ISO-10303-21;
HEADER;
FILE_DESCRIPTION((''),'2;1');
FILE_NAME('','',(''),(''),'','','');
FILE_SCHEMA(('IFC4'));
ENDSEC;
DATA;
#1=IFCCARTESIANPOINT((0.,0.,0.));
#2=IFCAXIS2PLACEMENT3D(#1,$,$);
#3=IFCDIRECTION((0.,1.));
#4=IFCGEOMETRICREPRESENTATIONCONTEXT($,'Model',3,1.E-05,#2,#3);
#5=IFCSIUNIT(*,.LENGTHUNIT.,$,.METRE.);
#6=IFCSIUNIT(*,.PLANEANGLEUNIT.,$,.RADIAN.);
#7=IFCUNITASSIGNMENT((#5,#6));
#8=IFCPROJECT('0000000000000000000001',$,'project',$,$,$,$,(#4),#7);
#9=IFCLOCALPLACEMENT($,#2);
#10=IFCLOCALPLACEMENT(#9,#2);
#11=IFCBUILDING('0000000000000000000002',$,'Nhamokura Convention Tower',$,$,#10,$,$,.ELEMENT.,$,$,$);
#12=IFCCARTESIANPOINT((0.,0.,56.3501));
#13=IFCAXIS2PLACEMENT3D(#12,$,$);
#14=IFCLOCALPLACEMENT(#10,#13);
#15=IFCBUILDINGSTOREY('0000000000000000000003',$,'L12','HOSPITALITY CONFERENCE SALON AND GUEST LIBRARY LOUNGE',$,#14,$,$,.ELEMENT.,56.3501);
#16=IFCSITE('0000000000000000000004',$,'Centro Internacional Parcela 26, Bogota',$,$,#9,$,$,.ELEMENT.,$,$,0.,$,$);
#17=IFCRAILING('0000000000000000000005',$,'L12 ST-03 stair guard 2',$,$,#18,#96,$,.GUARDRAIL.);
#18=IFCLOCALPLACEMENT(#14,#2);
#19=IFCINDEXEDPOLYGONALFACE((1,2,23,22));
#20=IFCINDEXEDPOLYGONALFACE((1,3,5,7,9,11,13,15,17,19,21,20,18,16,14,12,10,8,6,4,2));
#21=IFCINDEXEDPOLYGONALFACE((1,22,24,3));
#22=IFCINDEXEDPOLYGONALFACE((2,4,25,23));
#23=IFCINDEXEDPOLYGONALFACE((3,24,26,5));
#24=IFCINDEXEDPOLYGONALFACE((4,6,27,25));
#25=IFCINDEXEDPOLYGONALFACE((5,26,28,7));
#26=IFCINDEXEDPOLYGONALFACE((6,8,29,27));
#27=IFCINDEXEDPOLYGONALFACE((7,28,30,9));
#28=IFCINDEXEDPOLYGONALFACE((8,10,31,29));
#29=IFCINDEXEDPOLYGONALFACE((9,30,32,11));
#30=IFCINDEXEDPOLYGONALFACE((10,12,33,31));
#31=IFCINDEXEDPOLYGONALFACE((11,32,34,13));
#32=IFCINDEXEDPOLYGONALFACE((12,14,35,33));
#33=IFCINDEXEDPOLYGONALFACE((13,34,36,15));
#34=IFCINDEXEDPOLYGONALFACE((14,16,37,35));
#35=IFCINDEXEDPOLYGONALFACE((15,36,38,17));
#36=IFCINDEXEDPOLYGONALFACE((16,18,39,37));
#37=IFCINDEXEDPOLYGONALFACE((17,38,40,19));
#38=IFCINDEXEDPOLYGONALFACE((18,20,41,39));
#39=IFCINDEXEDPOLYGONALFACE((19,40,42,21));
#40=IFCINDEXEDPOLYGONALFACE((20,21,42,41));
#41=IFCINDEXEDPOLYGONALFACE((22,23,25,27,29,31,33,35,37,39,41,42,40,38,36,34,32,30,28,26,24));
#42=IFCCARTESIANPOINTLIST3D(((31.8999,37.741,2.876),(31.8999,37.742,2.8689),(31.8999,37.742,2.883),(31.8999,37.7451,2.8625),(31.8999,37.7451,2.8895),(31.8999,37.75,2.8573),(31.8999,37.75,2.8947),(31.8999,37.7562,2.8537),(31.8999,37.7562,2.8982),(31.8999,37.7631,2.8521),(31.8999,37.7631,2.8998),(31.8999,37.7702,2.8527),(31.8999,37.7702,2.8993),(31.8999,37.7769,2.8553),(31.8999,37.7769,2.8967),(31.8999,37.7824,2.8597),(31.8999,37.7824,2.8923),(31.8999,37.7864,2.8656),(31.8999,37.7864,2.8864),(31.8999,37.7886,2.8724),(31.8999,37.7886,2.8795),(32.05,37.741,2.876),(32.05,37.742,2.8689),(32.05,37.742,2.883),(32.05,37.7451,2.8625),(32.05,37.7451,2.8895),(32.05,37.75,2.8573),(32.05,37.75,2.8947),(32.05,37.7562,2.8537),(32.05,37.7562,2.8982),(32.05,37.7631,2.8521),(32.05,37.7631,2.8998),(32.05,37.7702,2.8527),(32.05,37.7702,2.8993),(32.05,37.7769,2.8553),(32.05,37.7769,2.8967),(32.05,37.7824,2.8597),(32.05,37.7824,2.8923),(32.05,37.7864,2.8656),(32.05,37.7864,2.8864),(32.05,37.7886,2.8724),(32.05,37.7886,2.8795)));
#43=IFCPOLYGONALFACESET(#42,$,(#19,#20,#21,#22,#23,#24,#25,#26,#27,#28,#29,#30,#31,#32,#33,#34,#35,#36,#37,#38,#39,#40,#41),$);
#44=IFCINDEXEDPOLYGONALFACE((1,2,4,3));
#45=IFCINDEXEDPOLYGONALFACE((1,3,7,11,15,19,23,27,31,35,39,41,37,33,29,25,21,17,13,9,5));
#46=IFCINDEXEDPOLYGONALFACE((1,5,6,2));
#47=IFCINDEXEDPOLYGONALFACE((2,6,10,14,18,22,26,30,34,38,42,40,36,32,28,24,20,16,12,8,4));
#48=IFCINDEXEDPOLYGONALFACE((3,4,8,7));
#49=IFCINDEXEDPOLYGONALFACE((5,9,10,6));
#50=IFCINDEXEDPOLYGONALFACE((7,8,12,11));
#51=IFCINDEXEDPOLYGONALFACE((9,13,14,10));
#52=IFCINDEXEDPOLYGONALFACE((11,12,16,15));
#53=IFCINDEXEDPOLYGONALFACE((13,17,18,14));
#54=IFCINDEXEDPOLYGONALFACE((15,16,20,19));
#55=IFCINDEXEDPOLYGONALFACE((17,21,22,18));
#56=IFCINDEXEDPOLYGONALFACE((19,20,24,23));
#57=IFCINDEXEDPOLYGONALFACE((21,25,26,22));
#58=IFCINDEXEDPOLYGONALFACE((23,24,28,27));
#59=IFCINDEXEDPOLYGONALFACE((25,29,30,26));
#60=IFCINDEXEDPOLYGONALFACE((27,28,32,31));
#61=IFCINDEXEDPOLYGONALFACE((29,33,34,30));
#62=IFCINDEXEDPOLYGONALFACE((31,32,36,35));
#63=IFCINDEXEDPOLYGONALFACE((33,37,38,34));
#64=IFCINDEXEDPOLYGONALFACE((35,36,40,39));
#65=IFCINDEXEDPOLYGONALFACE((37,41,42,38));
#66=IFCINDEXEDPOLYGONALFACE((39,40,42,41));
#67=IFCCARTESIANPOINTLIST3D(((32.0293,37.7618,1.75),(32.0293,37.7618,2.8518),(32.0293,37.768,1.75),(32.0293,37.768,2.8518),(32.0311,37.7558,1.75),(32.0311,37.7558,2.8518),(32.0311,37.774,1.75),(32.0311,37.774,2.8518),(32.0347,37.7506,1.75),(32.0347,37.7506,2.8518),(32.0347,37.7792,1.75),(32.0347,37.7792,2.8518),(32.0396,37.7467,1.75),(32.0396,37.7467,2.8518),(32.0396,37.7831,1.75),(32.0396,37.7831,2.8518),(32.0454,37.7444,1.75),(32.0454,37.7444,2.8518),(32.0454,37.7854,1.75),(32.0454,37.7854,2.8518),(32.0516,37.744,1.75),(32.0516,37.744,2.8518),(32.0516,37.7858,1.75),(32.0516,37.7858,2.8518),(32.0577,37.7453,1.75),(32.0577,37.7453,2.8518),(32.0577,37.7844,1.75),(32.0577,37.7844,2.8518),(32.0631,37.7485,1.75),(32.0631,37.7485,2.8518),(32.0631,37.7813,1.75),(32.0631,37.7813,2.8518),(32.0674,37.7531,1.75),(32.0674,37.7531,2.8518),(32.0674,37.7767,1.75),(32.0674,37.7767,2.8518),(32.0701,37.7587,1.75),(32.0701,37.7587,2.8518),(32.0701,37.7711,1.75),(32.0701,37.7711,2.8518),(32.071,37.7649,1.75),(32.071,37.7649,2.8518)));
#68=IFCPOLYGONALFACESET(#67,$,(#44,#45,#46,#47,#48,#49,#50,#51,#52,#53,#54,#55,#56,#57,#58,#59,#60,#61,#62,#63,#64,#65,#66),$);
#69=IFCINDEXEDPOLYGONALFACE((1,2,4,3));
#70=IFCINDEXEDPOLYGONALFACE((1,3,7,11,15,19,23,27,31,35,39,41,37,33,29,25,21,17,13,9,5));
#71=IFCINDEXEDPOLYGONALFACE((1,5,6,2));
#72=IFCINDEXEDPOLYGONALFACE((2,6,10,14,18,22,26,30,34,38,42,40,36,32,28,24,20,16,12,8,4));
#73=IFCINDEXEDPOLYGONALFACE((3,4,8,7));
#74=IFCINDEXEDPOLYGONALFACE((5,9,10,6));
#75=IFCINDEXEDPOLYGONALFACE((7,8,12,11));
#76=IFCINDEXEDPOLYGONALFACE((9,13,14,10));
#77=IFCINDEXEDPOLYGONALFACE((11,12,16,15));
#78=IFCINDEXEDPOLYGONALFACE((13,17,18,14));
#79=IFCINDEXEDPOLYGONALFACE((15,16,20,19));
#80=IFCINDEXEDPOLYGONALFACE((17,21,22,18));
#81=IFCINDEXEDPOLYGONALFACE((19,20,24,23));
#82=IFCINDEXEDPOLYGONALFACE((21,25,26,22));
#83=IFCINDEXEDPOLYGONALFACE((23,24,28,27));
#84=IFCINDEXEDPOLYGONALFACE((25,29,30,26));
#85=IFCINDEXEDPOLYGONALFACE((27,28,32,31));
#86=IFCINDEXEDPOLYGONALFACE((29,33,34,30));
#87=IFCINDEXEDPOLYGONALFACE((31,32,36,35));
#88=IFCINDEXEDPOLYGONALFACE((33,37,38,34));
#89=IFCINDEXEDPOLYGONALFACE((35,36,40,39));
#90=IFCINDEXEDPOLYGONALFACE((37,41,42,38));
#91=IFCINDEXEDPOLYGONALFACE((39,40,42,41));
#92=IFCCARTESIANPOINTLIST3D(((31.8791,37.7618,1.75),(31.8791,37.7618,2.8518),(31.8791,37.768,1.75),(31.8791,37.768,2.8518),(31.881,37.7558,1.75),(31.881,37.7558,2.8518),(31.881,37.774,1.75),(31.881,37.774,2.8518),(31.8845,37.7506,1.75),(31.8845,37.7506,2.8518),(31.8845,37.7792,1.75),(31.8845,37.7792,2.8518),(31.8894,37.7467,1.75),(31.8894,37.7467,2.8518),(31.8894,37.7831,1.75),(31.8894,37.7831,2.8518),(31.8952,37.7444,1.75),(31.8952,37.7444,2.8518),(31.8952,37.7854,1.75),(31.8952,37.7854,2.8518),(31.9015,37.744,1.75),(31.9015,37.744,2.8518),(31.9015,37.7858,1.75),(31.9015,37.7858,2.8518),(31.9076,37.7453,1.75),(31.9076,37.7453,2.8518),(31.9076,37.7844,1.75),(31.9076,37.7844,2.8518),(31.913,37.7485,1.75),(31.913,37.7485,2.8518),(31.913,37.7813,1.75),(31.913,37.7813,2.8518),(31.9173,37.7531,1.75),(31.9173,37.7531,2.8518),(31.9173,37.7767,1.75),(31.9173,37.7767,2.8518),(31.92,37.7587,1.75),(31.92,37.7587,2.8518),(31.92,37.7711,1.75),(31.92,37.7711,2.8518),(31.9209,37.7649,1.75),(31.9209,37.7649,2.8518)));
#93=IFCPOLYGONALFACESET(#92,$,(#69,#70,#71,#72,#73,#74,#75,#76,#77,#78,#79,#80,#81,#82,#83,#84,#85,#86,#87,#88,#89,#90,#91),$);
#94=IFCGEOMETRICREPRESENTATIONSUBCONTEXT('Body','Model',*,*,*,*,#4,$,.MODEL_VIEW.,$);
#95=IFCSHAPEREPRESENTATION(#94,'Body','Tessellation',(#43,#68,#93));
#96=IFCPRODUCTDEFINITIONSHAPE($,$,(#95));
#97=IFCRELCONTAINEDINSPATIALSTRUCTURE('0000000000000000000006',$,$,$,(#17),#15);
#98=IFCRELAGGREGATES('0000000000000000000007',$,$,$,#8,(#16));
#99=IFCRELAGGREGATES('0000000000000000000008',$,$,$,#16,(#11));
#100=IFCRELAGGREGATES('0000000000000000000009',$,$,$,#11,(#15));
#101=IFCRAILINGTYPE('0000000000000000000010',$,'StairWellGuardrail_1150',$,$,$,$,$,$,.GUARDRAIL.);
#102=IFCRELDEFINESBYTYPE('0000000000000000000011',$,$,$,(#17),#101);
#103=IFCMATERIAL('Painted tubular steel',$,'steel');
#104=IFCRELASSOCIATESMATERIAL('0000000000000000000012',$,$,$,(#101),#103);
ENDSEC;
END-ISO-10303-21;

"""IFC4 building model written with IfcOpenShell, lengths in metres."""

from ifc_helpers import new_model, si_unit, direction, frame, origin, origin_2d, place, context, subcontext, project, spatial, circle, extrude, material, type_object, element, save


model = new_model("IFC4")

# Units and contexts
model_context = context("Model", 3, precision=1e-05, world=origin(), true_north=direction((0.0, 1.0)))
body_context = subcontext(model_context, "Body", "Model", "MODEL_VIEW")
ifc_project = project(units=[si_unit("LENGTHUNIT", "METRE"), si_unit("PLANEANGLEUNIT", "RADIAN")], contexts=[model_context])

# Site, building, storey
site_placement = place(None, origin())
site = spatial("IfcSite", under=ifc_project, at=site_placement, Name="Centro Internacional Parcela 26, Bogota", CompositionType="ELEMENT", RefElevation=0.0)
building_placement = place(site_placement, origin())
building = spatial("IfcBuilding", under=site, at=building_placement, Name="Nhamokura Convention Tower", CompositionType="ELEMENT")
storey_placement = place(building_placement, frame((0.0, 0.0, 56.3501)))
storey = spatial("IfcBuildingStorey", under=building, at=storey_placement, Name="L12", Description="HOSPITALITY CONFERENCE SALON AND GUEST LIBRARY LOUNGE", CompositionType="ELEMENT", Elevation=56.3501)

# Railing
ifc_material_1 = material(Name="Painted tubular steel", Category="steel")
railing_type_1 = type_object("IfcRailingType", Name="StairWellGuardrail_1150", PredefinedType="GUARDRAIL", material=ifc_material_1)
railing_1_placement = place(storey_placement, frame((32.05, 37.7649, 1.75)))
element("IfcRailing", 1, at=railing_1_placement, inside=storey, type_object=railing_type_1, Name="L12 ST-03 stair guard 2", PredefinedType="GUARDRAIL", context=body_context, shape_type="SweptSolid", body=[
    extrude(circle(Radius=0.0239, at=origin_2d()), frame((0.0, 0.0, 1.126), z_axis=(-1.0, 0.0, 0.0), x_axis=(0.0, -1.0, 0.0)), (0.0, 0.0, 1.0), 0.1501),
    extrude(circle(Radius=0.021, at=origin_2d()), origin(), (0.0, 0.0, 1.0), 1.1018),
    extrude(circle(Radius=0.021, at=origin_2d()), frame((-0.1501, 0.0, 0.0)), (0.0, 0.0, 1.0), 1.1018),
])

save(model, "model.ifc")
